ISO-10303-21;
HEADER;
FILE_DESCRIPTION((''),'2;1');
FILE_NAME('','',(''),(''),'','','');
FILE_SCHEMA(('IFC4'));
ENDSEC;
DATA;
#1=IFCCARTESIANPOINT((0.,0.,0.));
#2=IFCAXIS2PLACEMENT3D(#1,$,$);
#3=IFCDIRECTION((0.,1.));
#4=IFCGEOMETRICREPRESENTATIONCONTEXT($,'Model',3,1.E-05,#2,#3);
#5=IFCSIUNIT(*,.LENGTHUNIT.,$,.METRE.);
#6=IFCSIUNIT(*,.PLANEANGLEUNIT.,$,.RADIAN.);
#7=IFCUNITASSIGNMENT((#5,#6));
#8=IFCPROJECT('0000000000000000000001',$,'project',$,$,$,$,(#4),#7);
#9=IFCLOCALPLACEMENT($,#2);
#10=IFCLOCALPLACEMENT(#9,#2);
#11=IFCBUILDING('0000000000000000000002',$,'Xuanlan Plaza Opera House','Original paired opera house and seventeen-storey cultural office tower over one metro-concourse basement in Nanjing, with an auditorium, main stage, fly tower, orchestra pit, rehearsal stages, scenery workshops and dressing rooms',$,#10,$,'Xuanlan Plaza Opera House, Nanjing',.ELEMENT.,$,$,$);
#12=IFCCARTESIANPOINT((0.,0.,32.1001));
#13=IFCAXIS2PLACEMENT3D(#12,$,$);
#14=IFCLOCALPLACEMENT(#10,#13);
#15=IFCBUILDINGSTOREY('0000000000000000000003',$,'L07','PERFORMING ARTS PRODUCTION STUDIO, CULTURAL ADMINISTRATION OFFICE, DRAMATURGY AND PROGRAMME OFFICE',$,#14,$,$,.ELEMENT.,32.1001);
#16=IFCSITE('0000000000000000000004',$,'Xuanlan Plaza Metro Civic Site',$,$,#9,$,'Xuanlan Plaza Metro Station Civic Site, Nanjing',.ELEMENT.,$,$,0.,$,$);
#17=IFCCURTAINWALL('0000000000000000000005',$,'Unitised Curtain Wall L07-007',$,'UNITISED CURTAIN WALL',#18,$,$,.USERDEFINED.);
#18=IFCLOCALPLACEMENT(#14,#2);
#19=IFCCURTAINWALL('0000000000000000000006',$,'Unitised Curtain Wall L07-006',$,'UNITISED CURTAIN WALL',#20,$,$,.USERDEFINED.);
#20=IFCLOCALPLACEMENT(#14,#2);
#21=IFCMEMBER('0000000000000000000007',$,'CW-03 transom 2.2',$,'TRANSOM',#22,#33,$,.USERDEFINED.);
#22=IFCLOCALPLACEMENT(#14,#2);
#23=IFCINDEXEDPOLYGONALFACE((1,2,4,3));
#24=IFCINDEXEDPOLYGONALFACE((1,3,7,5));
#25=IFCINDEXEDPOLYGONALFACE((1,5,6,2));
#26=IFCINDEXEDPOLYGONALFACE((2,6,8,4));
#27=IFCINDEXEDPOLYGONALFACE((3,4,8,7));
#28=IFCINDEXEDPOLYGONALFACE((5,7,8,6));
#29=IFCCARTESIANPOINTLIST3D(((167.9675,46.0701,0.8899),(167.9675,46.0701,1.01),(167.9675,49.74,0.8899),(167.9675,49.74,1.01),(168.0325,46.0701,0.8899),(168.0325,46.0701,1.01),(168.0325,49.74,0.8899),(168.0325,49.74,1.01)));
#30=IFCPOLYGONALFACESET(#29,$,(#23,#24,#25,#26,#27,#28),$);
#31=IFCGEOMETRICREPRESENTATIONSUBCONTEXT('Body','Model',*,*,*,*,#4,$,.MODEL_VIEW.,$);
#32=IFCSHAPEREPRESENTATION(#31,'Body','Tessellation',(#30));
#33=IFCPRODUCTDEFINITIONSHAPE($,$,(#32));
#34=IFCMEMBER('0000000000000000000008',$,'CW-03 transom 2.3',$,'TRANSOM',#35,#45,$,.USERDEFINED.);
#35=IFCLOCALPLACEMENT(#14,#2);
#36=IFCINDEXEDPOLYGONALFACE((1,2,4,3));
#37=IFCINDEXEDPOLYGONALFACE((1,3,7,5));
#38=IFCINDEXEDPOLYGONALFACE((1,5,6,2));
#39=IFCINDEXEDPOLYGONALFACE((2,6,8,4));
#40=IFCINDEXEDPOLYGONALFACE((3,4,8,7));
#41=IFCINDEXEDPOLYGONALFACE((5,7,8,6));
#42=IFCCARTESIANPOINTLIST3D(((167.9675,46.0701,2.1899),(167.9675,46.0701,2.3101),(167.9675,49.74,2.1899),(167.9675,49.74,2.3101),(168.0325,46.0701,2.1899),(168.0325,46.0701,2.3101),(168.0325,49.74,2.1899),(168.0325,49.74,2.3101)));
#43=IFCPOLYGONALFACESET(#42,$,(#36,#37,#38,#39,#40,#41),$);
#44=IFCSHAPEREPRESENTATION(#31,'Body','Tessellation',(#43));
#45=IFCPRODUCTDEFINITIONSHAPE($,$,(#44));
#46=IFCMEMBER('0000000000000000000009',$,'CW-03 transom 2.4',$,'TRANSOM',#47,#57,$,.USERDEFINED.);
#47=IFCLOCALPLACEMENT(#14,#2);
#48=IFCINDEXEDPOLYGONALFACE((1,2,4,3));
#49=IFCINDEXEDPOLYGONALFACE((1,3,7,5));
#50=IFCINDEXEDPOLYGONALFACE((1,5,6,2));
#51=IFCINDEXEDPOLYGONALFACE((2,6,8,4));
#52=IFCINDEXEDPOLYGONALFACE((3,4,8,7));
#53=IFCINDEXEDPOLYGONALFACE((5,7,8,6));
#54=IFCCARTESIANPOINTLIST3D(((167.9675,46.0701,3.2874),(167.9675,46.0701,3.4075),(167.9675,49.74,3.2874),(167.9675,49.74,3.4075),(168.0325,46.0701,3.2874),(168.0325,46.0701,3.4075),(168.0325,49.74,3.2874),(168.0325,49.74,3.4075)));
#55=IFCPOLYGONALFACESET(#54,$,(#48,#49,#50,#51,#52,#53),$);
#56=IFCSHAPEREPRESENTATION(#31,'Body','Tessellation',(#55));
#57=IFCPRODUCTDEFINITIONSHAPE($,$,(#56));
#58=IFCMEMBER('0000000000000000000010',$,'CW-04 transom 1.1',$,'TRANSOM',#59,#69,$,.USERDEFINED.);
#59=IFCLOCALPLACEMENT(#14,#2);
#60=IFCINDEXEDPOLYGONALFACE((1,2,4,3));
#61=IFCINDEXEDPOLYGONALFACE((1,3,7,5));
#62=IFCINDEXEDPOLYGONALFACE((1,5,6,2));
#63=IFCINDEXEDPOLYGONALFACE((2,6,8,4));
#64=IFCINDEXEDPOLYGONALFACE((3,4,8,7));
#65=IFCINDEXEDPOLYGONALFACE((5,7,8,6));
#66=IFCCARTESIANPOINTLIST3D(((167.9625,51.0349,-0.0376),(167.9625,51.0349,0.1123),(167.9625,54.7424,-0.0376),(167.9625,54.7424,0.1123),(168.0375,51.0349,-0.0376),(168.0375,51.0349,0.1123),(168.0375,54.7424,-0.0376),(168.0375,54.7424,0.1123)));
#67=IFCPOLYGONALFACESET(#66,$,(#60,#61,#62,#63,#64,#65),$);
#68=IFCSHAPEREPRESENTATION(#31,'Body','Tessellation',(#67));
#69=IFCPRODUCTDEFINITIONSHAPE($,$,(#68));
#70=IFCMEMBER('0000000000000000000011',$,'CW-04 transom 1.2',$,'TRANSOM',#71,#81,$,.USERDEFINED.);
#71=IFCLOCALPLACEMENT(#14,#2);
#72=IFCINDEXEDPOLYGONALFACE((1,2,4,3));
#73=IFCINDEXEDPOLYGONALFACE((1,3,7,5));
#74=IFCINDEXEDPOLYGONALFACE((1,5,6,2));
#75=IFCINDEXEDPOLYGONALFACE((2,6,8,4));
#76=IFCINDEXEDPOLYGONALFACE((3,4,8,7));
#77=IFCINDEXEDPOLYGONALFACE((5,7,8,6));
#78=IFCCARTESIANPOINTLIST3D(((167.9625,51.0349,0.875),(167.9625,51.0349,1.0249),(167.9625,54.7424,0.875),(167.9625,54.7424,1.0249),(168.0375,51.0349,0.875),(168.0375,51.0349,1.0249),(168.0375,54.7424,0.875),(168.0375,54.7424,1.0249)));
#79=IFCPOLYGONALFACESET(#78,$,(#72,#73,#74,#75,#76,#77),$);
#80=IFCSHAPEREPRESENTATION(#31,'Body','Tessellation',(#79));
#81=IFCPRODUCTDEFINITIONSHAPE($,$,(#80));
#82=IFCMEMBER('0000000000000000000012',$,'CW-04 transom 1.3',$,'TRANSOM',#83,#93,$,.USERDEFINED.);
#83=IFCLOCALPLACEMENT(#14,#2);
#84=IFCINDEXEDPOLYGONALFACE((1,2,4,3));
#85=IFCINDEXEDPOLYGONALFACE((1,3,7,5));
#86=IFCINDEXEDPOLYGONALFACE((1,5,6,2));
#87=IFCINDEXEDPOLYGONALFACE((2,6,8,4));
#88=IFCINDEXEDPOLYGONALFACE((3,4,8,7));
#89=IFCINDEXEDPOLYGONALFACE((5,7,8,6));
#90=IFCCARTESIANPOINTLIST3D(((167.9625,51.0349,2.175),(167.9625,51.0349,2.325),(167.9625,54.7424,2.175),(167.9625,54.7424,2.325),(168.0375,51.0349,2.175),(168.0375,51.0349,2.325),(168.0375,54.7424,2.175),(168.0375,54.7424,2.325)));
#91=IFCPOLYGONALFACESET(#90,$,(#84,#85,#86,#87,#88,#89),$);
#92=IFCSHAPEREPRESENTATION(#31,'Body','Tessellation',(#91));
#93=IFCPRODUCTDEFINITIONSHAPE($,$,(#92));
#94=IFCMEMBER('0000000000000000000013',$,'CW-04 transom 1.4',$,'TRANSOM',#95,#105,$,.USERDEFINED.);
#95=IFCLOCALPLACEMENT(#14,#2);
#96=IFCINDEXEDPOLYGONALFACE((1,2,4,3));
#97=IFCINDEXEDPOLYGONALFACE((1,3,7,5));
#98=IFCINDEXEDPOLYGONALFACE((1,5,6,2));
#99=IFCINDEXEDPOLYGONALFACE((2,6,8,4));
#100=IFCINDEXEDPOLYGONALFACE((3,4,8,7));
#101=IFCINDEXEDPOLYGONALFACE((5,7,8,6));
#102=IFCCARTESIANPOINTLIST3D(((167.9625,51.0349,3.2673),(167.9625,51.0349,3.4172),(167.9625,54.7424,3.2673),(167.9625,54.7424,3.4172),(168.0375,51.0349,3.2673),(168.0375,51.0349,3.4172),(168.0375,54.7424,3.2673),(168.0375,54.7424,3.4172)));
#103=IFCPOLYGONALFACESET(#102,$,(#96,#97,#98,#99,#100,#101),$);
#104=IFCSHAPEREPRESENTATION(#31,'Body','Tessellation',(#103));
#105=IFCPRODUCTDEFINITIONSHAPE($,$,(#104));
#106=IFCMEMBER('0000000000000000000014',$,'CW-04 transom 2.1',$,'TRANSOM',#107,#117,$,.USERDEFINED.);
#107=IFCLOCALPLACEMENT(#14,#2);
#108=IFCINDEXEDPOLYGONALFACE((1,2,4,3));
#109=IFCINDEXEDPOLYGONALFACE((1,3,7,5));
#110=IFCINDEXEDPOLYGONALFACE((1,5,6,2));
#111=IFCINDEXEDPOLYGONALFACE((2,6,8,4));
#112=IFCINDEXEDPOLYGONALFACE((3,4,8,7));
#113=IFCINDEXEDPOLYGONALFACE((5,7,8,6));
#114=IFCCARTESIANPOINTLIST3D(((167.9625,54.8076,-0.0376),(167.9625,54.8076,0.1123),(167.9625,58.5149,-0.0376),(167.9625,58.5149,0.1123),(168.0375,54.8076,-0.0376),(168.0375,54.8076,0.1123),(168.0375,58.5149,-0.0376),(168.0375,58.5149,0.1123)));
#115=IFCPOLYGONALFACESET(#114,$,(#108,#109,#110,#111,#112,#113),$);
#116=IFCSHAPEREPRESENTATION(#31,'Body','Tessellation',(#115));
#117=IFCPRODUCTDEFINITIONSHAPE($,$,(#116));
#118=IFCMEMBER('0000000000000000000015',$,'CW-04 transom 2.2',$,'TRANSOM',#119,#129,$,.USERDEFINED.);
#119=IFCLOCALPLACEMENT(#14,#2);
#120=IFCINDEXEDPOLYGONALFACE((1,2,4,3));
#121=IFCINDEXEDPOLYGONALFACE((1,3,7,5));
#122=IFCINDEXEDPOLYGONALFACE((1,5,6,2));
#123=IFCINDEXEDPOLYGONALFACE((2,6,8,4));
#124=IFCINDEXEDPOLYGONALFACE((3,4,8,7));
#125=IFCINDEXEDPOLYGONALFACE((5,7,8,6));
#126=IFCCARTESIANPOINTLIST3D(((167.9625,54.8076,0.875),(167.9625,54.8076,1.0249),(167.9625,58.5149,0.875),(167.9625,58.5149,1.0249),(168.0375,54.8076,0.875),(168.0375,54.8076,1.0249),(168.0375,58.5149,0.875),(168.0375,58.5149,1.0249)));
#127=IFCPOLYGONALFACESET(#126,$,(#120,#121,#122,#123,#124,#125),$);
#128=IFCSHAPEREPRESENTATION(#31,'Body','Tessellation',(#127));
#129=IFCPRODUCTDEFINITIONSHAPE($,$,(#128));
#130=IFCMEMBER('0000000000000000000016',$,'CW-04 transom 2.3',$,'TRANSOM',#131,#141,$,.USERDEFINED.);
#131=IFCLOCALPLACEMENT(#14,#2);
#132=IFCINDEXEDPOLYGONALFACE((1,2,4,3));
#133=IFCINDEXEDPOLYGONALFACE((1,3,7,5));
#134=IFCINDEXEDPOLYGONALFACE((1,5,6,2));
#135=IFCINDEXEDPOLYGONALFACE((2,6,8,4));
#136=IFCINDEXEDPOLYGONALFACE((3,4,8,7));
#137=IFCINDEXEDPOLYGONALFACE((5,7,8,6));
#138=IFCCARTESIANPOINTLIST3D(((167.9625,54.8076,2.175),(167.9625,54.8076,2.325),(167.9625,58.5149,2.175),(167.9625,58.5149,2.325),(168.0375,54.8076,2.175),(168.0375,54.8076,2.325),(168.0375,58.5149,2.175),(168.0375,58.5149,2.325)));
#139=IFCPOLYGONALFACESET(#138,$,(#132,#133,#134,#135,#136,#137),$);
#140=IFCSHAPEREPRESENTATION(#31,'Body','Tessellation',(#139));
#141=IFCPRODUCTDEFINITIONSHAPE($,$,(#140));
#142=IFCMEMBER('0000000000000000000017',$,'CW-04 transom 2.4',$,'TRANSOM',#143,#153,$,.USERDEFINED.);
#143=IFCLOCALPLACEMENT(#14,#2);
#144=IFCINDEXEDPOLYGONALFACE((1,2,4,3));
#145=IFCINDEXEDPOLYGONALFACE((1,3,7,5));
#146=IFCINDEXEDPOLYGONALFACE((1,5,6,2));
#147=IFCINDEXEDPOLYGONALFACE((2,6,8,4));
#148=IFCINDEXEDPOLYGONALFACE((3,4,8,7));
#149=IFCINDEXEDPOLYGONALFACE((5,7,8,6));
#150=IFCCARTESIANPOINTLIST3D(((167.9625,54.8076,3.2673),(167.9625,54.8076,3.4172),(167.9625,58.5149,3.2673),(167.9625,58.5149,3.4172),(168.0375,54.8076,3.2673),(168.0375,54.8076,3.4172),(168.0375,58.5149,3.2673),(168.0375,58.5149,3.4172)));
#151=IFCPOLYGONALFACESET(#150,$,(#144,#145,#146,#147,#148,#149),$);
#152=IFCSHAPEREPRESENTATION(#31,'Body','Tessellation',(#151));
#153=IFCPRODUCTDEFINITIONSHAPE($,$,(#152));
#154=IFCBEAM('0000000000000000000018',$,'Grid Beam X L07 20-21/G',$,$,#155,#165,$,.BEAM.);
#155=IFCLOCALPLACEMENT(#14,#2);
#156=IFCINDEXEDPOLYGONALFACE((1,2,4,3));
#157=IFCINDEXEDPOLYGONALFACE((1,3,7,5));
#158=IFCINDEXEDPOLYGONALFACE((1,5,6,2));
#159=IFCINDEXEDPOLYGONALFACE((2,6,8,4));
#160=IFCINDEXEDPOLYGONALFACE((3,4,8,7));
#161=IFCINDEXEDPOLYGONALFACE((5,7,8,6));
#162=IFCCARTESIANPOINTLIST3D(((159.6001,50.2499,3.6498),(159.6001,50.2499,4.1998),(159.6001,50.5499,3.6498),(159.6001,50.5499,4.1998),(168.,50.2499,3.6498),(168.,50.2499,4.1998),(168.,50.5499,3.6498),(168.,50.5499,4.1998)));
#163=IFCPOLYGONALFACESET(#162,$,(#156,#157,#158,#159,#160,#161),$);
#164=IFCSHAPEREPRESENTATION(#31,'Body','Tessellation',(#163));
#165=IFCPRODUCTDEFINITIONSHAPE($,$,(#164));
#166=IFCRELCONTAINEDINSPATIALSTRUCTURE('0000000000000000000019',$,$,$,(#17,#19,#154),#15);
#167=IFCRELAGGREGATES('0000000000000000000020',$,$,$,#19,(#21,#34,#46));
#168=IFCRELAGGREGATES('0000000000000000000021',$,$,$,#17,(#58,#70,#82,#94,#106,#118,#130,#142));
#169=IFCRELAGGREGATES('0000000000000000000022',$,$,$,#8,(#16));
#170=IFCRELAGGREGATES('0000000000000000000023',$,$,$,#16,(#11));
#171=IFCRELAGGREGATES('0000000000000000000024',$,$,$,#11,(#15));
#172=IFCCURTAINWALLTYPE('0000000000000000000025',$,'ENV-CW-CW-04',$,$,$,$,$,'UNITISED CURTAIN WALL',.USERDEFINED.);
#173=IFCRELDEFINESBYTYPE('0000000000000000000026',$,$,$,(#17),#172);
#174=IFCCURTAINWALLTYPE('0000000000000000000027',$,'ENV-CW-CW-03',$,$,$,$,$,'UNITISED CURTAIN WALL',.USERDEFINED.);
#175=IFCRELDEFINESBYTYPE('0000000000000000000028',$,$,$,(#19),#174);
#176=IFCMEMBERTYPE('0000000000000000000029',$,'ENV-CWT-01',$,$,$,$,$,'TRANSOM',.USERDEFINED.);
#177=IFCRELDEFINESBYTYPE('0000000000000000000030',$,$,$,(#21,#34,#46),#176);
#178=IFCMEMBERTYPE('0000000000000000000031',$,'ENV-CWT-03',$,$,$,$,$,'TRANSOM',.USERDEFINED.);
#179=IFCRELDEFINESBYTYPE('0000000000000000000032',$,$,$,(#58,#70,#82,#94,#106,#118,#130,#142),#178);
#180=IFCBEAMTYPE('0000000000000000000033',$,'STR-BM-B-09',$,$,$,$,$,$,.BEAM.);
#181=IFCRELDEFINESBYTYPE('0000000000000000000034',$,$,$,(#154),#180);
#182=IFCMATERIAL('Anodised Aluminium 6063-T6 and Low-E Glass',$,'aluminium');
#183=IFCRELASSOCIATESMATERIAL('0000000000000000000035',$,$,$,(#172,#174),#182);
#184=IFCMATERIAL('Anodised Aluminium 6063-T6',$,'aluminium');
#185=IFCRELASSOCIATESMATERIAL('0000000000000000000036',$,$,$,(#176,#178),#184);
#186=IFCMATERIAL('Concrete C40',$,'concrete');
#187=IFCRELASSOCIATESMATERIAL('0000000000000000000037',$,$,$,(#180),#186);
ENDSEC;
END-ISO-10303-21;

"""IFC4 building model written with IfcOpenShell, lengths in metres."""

from ifc_helpers import new_model, si_unit, direction, frame, origin, origin_2d, place, context, subcontext, project, spatial, rectangle, extrude, material, material_profile, profile_set, type_object, element, aggregate, save


model = new_model("IFC4")

# Units and contexts
model_context = context("Model", 3, precision=1e-05, world=origin(), true_north=direction((0.0, 1.0)))
body_context = subcontext(model_context, "Body", "Model", "MODEL_VIEW")
ifc_project = project(units=[si_unit("LENGTHUNIT", "METRE"), si_unit("PLANEANGLEUNIT", "RADIAN")], contexts=[model_context])

# Site, building, storey
site_placement = place(None, origin())
site = spatial("IfcSite", under=ifc_project, at=site_placement, Name="Xuanlan Plaza Metro Civic Site", LongName="Xuanlan Plaza Metro Station Civic Site, Nanjing", CompositionType="ELEMENT", RefElevation=0.0)
building_placement = place(site_placement, origin())
building = spatial("IfcBuilding", under=site, at=building_placement, Name="Xuanlan Plaza Opera House", Description="Original paired opera house and seventeen-storey cultural office tower over one metro-concourse basement in Nanjing, with an auditorium, main stage, fly tower, orchestra pit, rehearsal stages, scenery workshops and dressing rooms", LongName="Xuanlan Plaza Opera House, Nanjing", CompositionType="ELEMENT")
storey_placement = place(building_placement, frame((0.0, 0.0, 32.1001)))
storey = spatial("IfcBuildingStorey", under=building, at=storey_placement, Name="L07", Description="PERFORMING ARTS PRODUCTION STUDIO, CULTURAL ADMINISTRATION OFFICE, DRAMATURGY AND PROGRAMME OFFICE", CompositionType="ELEMENT", Elevation=32.1001)

# Curtain walls, members
ifc_material_1 = material(Name="Anodised Aluminium 6063-T6 and Low-E Glass", Category="aluminium")
curtain_wall_type_1 = type_object("IfcCurtainWallType", Name="ENV-CW-CW-04", ElementType="UNITISED CURTAIN WALL", PredefinedType="USERDEFINED", material=ifc_material_1)
curtain_wall_1_placement = place(storey_placement, origin())
curtain_wall_1 = element("IfcCurtainWall", 1, at=curtain_wall_1_placement, inside=storey, type_object=curtain_wall_type_1, Name="Unitised Curtain Wall L07-007", ObjectType="UNITISED CURTAIN WALL", PredefinedType="USERDEFINED")
ifc_material_2 = material(Name="Anodised Aluminium 6063-T6", Category="aluminium")
curtain_wall_type_2 = type_object("IfcCurtainWallType", Name="ENV-CW-CW-03", ElementType="UNITISED CURTAIN WALL", PredefinedType="USERDEFINED", material=ifc_material_1)
curtain_wall_2_placement = place(storey_placement, origin())
curtain_wall_2 = element("IfcCurtainWall", 2, at=curtain_wall_2_placement, inside=storey, type_object=curtain_wall_type_2, Name="Unitised Curtain Wall L07-006", ObjectType="UNITISED CURTAIN WALL", PredefinedType="USERDEFINED")
ifc_material_profile_1 = material_profile(ifc_material_2, rectangle(XDim=0.0649, YDim=0.1201, at=origin_2d()), Name="ALU-T 65x120")
ifc_profile_set_1 = profile_set([ifc_material_profile_1], Name="Anodised Aluminium 6063-T6")
member_type_1 = type_object("IfcMemberType", Name="ENV-CWT-01", ElementType="TRANSOM", PredefinedType="USERDEFINED", material=ifc_profile_set_1)
member_1_placement = place(storey_placement, frame((168.0, 46.0701, 0.95), z_axis=(0.0, 1.0, 0.0), x_axis=(-1.0, 0.0, 0.0)))
member_1 = element("IfcMember", 3, at=member_1_placement, type_object=member_type_1, Name="CW-03 transom 2.2", ObjectType="TRANSOM", PredefinedType="USERDEFINED", context=body_context, shape_type="SweptSolid", body=[
    extrude(rectangle(XDim=0.0649, YDim=0.1201, at=origin_2d()), origin(), (0.0, 0.0, 1.0), 3.6699),
])
member_2_placement = place(storey_placement, frame((168.0, 46.0701, 2.25), z_axis=(0.0, 1.0, 0.0), x_axis=(-1.0, 0.0, 0.0)))
member_2 = element("IfcMember", 4, at=member_2_placement, type_object=member_type_1, Name="CW-03 transom 2.3", ObjectType="TRANSOM", PredefinedType="USERDEFINED", context=body_context, shape_type="SweptSolid", body=[
    extrude(rectangle(XDim=0.0649, YDim=0.1201, at=origin_2d()), origin(), (0.0, 0.0, 1.0), 3.6699),
])
member_3_placement = place(storey_placement, frame((168.0, 46.0701, 3.3474), z_axis=(0.0, 1.0, 0.0), x_axis=(-1.0, 0.0, 0.0)))
member_3 = element("IfcMember", 5, at=member_3_placement, type_object=member_type_1, Name="CW-03 transom 2.4", ObjectType="TRANSOM", PredefinedType="USERDEFINED", context=body_context, shape_type="SweptSolid", body=[
    extrude(rectangle(XDim=0.0649, YDim=0.1201, at=origin_2d()), origin(), (0.0, 0.0, 1.0), 3.6699),
])

# Members
ifc_material_profile_2 = material_profile(ifc_material_2, rectangle(XDim=0.075, YDim=0.1499, at=origin_2d()), Name="ALU-T 75x150")
ifc_profile_set_2 = profile_set([ifc_material_profile_2], Name="Anodised Aluminium 6063-T6")
member_type_2 = type_object("IfcMemberType", Name="ENV-CWT-03", ElementType="TRANSOM", PredefinedType="USERDEFINED", material=ifc_profile_set_2)
member_4_placement = place(storey_placement, frame((168.0, 51.0349, 0.0374), z_axis=(0.0, 1.0, 0.0), x_axis=(-1.0, 0.0, 0.0)))
member_4 = element("IfcMember", 6, at=member_4_placement, type_object=member_type_2, Name="CW-04 transom 1.1", ObjectType="TRANSOM", PredefinedType="USERDEFINED", context=body_context, shape_type="SweptSolid", body=[
    extrude(rectangle(XDim=0.075, YDim=0.1499, at=origin_2d()), origin(), (0.0, 0.0, 1.0), 3.7075),
])
member_5_placement = place(storey_placement, frame((168.0, 51.0349, 0.95), z_axis=(0.0, 1.0, 0.0), x_axis=(-1.0, 0.0, 0.0)))
member_5 = element("IfcMember", 7, at=member_5_placement, type_object=member_type_2, Name="CW-04 transom 1.2", ObjectType="TRANSOM", PredefinedType="USERDEFINED", context=body_context, shape_type="SweptSolid", body=[
    extrude(rectangle(XDim=0.075, YDim=0.1499, at=origin_2d()), origin(), (0.0, 0.0, 1.0), 3.7075),
])
member_6_placement = place(storey_placement, frame((168.0, 51.0349, 2.25), z_axis=(0.0, 1.0, 0.0), x_axis=(-1.0, 0.0, 0.0)))
member_6 = element("IfcMember", 8, at=member_6_placement, type_object=member_type_2, Name="CW-04 transom 1.3", ObjectType="TRANSOM", PredefinedType="USERDEFINED", context=body_context, shape_type="SweptSolid", body=[
    extrude(rectangle(XDim=0.075, YDim=0.1499, at=origin_2d()), origin(), (0.0, 0.0, 1.0), 3.7075),
])
member_7_placement = place(storey_placement, frame((168.0, 51.0349, 3.3423), z_axis=(0.0, 1.0, 0.0), x_axis=(-1.0, 0.0, 0.0)))
member_7 = element("IfcMember", 9, at=member_7_placement, type_object=member_type_2, Name="CW-04 transom 1.4", ObjectType="TRANSOM", PredefinedType="USERDEFINED", context=body_context, shape_type="SweptSolid", body=[
    extrude(rectangle(XDim=0.075, YDim=0.1499, at=origin_2d()), origin(), (0.0, 0.0, 1.0), 3.7075),
])
member_8_placement = place(storey_placement, frame((168.0, 54.8076, 0.0374), z_axis=(0.0, 1.0, 0.0), x_axis=(-1.0, 0.0, 0.0)))
member_8 = element("IfcMember", 10, at=member_8_placement, type_object=member_type_2, Name="CW-04 transom 2.1", ObjectType="TRANSOM", PredefinedType="USERDEFINED", context=body_context, shape_type="SweptSolid", body=[
    extrude(rectangle(XDim=0.075, YDim=0.1499, at=origin_2d()), origin(), (0.0, 0.0, 1.0), 3.7073),
])
member_9_placement = place(storey_placement, frame((168.0, 54.8076, 0.95), z_axis=(0.0, 1.0, 0.0), x_axis=(-1.0, 0.0, 0.0)))
member_9 = element("IfcMember", 11, at=member_9_placement, type_object=member_type_2, Name="CW-04 transom 2.2", ObjectType="TRANSOM", PredefinedType="USERDEFINED", context=body_context, shape_type="SweptSolid", body=[
    extrude(rectangle(XDim=0.075, YDim=0.1499, at=origin_2d()), origin(), (0.0, 0.0, 1.0), 3.7073),
])
member_10_placement = place(storey_placement, frame((168.0, 54.8076, 2.25), z_axis=(0.0, 1.0, 0.0), x_axis=(-1.0, 0.0, 0.0)))
member_10 = element("IfcMember", 12, at=member_10_placement, type_object=member_type_2, Name="CW-04 transom 2.3", ObjectType="TRANSOM", PredefinedType="USERDEFINED", context=body_context, shape_type="SweptSolid", body=[
    extrude(rectangle(XDim=0.075, YDim=0.1499, at=origin_2d()), origin(), (0.0, 0.0, 1.0), 3.7073),
])
member_11_placement = place(storey_placement, frame((168.0, 54.8076, 3.3423), z_axis=(0.0, 1.0, 0.0), x_axis=(-1.0, 0.0, 0.0)))
member_11 = element("IfcMember", 13, at=member_11_placement, type_object=member_type_2, Name="CW-04 transom 2.4", ObjectType="TRANSOM", PredefinedType="USERDEFINED", context=body_context, shape_type="SweptSolid", body=[
    extrude(rectangle(XDim=0.075, YDim=0.1499, at=origin_2d()), origin(), (0.0, 0.0, 1.0), 3.7073),
])

# Beam
ifc_material_3 = material(Name="Concrete C40", Category="concrete")
ifc_material_profile_3 = material_profile(ifc_material_3, rectangle(XDim=0.3, YDim=0.55, at=origin_2d()), Name="RC-BM 300x550")
ifc_profile_set_3 = profile_set([ifc_material_profile_3], Name="Concrete C40")
beam_type_1 = type_object("IfcBeamType", Name="STR-BM-B-09", PredefinedType="BEAM", material=ifc_profile_set_3)
beam_1_placement = place(storey_placement, frame((159.6001, 50.3999, 3.9248), z_axis=(1.0, 0.0, 0.0), x_axis=(0.0, 1.0, 0.0)))
element("IfcBeam", 14, at=beam_1_placement, inside=storey, type_object=beam_type_1, Name="Grid Beam X L07 20-21/G", PredefinedType="BEAM", context=body_context, shape_type="SweptSolid", body=[
    extrude(rectangle(XDim=0.3, YDim=0.55, at=origin_2d()), origin(), (0.0, 0.0, 1.0), 8.3999),
])

aggregate(curtain_wall_2, [member_1, member_2, member_3])
aggregate(curtain_wall_1, [member_4, member_5, member_6, member_7, member_8, member_9, member_10, member_11])

save(model, "model.ifc")
